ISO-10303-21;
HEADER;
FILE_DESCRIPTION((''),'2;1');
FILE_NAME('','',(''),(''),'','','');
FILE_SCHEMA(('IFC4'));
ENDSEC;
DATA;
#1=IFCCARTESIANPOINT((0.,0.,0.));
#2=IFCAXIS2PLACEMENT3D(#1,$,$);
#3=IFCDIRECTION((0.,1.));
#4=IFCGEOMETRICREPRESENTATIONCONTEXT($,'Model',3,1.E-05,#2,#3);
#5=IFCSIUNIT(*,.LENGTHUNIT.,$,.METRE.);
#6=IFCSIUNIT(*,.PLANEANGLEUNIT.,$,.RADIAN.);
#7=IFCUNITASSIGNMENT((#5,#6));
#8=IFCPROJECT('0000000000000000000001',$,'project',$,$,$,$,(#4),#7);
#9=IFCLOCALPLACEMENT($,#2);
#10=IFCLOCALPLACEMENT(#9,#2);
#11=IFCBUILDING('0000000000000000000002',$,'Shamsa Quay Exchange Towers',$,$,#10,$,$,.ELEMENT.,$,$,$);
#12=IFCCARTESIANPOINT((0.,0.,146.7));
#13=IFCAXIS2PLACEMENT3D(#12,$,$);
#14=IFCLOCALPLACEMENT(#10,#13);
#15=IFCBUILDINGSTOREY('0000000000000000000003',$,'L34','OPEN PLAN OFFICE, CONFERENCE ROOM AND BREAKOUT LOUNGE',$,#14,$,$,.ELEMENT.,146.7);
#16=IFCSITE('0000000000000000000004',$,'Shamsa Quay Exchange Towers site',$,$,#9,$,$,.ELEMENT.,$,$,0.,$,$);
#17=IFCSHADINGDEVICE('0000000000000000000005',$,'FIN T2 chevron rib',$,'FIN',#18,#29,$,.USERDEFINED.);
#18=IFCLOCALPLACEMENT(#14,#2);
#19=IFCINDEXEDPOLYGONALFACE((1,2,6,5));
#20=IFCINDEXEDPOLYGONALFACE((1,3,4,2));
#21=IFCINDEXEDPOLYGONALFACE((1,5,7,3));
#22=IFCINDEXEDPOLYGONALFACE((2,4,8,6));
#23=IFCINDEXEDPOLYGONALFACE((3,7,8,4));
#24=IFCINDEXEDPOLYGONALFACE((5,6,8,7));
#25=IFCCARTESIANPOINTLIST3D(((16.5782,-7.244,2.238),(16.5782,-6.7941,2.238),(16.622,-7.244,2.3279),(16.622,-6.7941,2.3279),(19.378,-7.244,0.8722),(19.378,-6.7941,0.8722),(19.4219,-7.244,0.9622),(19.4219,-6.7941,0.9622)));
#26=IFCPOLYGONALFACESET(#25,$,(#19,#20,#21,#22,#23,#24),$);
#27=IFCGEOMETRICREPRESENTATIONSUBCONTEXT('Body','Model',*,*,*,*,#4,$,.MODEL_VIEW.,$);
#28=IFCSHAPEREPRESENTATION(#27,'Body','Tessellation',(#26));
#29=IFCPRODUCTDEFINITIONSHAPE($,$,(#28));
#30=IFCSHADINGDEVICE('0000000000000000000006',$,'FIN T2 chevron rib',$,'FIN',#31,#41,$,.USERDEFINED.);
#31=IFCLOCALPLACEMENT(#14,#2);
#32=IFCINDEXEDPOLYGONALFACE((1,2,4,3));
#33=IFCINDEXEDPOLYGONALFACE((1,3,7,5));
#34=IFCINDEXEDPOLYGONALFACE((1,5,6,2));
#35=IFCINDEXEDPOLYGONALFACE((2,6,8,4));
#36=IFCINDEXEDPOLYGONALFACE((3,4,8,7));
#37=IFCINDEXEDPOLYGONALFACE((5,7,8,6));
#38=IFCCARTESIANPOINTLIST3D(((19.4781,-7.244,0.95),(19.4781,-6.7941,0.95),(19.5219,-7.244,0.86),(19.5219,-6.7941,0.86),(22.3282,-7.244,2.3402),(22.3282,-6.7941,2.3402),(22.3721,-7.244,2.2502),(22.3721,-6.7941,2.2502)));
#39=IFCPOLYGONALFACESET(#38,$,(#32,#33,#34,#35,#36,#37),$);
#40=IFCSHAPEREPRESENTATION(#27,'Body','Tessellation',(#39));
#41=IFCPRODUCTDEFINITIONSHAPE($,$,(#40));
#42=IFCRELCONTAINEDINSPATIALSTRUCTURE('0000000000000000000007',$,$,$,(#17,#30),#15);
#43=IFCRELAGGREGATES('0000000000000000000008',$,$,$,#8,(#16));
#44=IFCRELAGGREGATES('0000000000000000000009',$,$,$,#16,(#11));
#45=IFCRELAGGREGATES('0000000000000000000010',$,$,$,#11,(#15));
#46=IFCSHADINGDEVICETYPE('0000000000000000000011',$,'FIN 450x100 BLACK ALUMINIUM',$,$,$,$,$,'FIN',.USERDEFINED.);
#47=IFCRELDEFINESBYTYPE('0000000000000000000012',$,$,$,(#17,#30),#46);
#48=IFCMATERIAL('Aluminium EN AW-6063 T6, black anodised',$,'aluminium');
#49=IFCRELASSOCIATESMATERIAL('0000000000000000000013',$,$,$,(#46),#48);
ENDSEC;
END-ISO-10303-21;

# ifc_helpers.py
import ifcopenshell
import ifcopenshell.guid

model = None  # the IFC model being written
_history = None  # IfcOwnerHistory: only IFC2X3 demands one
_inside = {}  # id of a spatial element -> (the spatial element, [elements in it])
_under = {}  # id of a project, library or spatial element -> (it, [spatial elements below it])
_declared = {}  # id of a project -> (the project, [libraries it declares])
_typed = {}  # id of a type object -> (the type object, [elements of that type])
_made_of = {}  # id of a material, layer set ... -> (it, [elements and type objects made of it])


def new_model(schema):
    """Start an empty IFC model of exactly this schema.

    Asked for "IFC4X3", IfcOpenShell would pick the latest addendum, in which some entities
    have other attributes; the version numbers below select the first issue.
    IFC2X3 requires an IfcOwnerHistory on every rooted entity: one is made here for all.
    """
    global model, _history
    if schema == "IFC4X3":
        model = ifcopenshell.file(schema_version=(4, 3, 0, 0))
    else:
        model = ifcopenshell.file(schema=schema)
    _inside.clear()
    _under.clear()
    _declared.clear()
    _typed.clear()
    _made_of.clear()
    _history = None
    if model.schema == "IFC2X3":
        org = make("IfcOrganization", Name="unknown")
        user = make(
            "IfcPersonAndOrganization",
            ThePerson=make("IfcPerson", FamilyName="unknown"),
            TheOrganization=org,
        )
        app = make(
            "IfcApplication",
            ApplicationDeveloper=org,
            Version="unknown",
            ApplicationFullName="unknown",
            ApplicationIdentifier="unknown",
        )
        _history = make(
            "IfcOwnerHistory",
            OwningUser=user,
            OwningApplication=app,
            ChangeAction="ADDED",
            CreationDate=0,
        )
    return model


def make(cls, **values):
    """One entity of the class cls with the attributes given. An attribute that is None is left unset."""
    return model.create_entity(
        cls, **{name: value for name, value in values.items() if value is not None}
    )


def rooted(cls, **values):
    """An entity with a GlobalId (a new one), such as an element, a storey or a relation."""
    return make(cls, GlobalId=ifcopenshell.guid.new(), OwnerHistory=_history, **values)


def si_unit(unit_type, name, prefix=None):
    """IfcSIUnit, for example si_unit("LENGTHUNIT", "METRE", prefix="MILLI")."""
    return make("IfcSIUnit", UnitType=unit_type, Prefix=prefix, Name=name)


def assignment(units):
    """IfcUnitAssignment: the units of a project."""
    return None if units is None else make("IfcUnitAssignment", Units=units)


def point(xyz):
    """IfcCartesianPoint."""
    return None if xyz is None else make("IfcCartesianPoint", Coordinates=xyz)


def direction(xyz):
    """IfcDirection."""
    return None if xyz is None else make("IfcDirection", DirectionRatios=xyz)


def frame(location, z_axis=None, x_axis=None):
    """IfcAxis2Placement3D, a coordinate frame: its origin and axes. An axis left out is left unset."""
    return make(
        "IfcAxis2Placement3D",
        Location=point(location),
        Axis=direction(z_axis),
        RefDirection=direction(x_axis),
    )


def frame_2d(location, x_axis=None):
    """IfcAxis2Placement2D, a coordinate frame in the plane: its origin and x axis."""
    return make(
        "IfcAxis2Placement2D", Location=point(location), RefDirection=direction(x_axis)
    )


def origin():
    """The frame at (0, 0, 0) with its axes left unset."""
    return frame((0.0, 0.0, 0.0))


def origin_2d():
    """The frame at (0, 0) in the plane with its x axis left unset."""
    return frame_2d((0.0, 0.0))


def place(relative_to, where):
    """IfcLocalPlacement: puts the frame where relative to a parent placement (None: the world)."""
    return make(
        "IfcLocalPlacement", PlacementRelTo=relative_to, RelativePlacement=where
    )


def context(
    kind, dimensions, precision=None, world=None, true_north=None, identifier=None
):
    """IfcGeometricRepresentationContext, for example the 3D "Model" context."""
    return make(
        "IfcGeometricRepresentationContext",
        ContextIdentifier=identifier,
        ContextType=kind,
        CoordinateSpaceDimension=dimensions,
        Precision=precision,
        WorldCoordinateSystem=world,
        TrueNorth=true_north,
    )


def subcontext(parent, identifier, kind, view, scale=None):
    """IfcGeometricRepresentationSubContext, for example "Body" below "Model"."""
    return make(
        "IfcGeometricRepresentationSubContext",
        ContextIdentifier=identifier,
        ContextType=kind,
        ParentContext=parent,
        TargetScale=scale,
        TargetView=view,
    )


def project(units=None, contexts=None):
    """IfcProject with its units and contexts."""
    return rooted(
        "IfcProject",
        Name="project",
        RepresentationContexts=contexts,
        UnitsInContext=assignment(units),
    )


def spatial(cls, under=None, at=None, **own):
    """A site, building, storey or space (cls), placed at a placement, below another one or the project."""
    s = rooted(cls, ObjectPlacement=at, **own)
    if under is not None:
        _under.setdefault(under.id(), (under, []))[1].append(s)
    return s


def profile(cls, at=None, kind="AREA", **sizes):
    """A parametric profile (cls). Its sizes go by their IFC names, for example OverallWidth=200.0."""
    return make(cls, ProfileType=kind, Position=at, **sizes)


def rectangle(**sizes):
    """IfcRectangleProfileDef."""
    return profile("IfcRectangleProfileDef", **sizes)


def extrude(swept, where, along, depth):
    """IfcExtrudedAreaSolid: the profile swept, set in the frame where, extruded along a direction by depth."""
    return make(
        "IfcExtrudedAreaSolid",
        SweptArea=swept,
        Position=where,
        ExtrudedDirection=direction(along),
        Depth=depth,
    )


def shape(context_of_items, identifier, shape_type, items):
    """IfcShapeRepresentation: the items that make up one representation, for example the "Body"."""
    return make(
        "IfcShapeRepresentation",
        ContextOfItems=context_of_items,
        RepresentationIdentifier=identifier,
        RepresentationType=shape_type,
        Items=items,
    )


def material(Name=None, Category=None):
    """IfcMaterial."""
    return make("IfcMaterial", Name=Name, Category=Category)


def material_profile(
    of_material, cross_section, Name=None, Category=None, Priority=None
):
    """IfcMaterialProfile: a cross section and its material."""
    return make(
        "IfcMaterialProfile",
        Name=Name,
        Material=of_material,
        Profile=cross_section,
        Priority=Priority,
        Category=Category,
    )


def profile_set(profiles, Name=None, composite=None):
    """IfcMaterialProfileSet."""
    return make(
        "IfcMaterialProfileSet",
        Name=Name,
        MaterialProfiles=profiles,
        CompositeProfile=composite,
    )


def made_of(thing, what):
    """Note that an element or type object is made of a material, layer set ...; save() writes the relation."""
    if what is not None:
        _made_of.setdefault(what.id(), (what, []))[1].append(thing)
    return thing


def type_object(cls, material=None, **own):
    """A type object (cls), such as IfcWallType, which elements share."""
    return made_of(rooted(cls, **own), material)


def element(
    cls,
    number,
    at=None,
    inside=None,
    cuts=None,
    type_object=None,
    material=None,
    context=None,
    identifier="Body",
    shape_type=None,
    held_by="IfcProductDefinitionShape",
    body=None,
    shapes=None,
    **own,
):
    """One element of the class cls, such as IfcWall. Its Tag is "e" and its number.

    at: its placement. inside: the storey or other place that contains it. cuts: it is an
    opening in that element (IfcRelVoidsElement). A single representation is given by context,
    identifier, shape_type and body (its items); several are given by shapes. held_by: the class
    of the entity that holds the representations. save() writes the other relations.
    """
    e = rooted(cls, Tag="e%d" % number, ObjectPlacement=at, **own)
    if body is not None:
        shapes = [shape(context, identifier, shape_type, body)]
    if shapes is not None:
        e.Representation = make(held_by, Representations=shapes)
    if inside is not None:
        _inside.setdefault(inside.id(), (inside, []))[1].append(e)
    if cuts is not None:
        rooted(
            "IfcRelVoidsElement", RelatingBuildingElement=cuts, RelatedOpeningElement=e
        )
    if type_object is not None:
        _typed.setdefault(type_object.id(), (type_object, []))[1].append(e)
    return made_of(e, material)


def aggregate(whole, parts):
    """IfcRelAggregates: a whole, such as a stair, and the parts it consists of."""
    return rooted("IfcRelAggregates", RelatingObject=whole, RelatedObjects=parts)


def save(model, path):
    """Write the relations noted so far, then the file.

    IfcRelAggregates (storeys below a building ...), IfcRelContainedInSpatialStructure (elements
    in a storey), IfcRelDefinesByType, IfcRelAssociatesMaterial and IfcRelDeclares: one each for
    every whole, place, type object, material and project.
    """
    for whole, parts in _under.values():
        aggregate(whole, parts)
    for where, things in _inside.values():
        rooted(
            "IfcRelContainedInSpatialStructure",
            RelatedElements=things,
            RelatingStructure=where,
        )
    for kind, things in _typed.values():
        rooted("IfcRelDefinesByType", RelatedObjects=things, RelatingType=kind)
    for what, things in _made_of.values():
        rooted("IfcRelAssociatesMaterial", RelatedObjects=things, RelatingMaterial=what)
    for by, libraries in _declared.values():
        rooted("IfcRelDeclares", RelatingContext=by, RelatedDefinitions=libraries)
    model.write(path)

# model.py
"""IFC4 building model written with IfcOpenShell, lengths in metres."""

from ifc_helpers import new_model, si_unit, direction, frame, origin, origin_2d, place, context, subcontext, project, spatial, rectangle, extrude, material, material_profile, profile_set, type_object, element, save


model = new_model("IFC4")

# Units and contexts
model_context = context("Model", 3, precision=1e-05, world=origin(), true_north=direction((0.0, 1.0)))
body_context = subcontext(model_context, "Body", "Model", "MODEL_VIEW")
ifc_project = project(units=[si_unit("LENGTHUNIT", "METRE"), si_unit("PLANEANGLEUNIT", "RADIAN")], contexts=[model_context])

# Site, building, storey
site_placement = place(None, origin())
site = spatial("IfcSite", under=ifc_project, at=site_placement, Name="Shamsa Quay Exchange Towers site", CompositionType="ELEMENT", RefElevation=0.0)
building_placement = place(site_placement, origin())
building = spatial("IfcBuilding", under=site, at=building_placement, Name="Shamsa Quay Exchange Towers", CompositionType="ELEMENT")
storey_placement = place(building_placement, frame((0.0, 0.0, 146.7)))
storey = spatial("IfcBuildingStorey", under=building, at=storey_placement, Name="L34", Description="OPEN PLAN OFFICE, CONFERENCE ROOM AND BREAKOUT LOUNGE", CompositionType="ELEMENT", Elevation=146.7)

# Shared definitions
ifc_material_1 = material(Name="Aluminium EN AW-6063 T6, black anodised", Category="aluminium")

# Shading devices
ifc_material_profile_1 = material_profile(ifc_material_1, rectangle(XDim=0.45, YDim=0.1001, at=origin_2d()), Name="FIN450x100")
ifc_profile_set_1 = profile_set([ifc_material_profile_1], Name="Aluminium EN AW-6063 T6, black anodised")
shading_device_type = type_object("IfcShadingDeviceType", Name="FIN 450x100 BLACK ALUMINIUM", ElementType="FIN", PredefinedType="USERDEFINED", material=ifc_profile_set_1)
shading_device_1_placement = place(storey_placement, frame((16.6001, -7.019, 2.283), z_axis=(0.898773, 0.0, -0.438414), x_axis=(0.0, 1.0, 0.0)))
element("IfcShadingDevice", 1, at=shading_device_1_placement, inside=storey, type_object=shading_device_type, Name="FIN T2 chevron rib", ObjectType="FIN", PredefinedType="USERDEFINED", context=body_context, shape_type="SweptSolid", body=[
    extrude(rectangle(XDim=0.45, YDim=0.1001, at=origin_2d()), origin(), (0.0, 0.0, 1.0), 3.1152),
])
shading_device_2_placement = place(storey_placement, frame((19.5, -7.019, 0.905), z_axis=(0.898788, 0.0, 0.438384), x_axis=(0.0, 1.0, 0.0)))
element("IfcShadingDevice", 2, at=shading_device_2_placement, inside=storey, type_object=shading_device_type, Name="FIN T2 chevron rib", ObjectType="FIN", PredefinedType="USERDEFINED", context=body_context, shape_type="SweptSolid", body=[
    extrude(rectangle(XDim=0.45, YDim=0.1001, at=origin_2d()), origin(), (0.0, 0.0, 1.0), 3.1711),
])

save(model, "model.ifc")
